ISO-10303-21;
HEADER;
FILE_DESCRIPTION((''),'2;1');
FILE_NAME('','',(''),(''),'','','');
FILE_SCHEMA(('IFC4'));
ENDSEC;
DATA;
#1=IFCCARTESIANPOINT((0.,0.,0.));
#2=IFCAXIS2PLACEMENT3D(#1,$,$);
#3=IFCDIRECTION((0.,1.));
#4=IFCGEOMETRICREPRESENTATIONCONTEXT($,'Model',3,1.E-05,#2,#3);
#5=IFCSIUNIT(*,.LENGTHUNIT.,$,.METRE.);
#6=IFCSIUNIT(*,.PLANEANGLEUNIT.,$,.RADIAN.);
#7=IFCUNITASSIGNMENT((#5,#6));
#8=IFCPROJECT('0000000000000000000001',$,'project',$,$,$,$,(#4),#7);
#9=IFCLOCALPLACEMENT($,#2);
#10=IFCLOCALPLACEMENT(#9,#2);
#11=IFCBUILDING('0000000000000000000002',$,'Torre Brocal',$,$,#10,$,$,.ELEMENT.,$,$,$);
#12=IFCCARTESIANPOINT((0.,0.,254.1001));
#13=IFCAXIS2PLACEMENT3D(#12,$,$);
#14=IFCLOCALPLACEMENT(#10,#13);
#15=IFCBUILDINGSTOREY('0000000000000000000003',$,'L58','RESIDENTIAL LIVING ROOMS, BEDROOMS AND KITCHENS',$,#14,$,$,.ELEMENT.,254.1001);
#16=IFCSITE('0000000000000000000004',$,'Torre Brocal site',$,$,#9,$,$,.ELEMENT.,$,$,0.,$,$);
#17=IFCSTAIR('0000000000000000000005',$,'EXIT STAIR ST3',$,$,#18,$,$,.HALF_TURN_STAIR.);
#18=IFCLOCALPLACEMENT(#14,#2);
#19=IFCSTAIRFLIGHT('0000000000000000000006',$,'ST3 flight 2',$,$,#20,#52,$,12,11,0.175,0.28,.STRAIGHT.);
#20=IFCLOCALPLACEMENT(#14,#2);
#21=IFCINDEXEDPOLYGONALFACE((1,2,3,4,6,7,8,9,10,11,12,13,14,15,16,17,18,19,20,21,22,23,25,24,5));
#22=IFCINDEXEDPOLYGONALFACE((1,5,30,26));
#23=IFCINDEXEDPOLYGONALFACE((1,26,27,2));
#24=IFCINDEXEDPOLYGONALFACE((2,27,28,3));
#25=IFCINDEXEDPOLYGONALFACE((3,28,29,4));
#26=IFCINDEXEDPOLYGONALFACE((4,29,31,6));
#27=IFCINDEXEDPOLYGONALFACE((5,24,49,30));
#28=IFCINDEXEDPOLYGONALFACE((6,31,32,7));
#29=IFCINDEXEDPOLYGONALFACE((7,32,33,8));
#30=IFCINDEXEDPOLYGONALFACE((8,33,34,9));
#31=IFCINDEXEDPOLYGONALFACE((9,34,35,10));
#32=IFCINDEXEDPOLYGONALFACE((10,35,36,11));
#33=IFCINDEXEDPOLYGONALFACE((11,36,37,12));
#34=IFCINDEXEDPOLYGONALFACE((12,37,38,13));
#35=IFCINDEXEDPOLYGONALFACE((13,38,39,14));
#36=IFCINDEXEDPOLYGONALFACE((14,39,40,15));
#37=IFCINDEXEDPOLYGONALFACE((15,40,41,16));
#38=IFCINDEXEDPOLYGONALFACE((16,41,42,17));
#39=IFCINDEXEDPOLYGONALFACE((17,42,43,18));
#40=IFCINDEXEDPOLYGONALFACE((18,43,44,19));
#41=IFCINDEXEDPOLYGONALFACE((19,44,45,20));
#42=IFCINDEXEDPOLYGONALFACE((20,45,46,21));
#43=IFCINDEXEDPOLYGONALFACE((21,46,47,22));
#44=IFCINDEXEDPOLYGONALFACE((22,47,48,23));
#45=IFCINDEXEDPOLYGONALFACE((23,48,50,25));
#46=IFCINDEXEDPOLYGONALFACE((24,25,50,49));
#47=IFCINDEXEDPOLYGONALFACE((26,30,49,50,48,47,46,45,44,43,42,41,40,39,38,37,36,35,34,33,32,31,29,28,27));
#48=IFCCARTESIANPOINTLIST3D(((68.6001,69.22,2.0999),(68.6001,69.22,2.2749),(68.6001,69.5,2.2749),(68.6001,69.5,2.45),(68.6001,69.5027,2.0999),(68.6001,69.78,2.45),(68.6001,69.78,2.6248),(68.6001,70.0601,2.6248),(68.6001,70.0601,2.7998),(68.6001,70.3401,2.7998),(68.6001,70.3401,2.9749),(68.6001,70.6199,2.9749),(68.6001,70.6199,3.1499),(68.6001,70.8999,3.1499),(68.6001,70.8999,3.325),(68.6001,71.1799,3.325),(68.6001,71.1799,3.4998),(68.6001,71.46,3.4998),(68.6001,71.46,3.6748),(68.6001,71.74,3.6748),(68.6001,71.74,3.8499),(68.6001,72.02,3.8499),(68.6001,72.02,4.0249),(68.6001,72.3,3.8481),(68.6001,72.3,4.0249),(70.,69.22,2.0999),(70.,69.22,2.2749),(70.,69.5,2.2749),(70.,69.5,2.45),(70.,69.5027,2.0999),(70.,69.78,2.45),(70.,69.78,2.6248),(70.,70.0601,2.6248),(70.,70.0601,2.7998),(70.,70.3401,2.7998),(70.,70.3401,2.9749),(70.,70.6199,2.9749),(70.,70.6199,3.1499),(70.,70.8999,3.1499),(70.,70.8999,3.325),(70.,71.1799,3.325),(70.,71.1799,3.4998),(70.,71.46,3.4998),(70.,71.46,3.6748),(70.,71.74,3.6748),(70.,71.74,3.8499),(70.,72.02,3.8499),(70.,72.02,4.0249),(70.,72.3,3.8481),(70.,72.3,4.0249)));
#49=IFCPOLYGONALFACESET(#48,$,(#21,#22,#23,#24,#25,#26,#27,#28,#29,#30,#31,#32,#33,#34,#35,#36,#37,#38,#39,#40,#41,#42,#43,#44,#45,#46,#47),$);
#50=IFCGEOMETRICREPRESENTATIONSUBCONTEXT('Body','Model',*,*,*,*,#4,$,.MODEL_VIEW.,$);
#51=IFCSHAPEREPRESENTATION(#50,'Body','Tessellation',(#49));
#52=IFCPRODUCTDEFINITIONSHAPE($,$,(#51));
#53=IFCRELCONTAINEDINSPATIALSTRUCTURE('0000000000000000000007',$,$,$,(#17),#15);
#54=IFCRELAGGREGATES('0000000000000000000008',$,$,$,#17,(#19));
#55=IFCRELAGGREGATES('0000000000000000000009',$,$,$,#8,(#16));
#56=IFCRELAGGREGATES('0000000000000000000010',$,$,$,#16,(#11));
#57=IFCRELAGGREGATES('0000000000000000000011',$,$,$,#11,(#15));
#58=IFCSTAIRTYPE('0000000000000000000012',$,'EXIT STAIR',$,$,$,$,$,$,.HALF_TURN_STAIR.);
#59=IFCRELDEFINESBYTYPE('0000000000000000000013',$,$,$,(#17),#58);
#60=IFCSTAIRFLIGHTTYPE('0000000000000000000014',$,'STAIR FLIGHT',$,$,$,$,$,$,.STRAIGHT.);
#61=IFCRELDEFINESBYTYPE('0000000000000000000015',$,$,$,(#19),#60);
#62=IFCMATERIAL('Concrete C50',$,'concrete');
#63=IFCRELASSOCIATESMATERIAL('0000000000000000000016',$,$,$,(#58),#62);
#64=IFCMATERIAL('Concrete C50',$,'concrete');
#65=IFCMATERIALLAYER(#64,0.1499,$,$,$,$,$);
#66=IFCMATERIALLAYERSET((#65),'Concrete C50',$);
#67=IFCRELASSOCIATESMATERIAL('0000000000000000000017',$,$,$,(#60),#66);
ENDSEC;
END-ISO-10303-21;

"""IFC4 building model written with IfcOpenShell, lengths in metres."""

from ifc_helpers import new_model, si_unit, direction, frame, origin, place, context, subcontext, project, spatial, polyline, outline, extrude, material, layer, layer_set, type_object, element, aggregate, save


model = new_model("IFC4")

# Units and contexts
model_context = context("Model", 3, precision=1e-05, world=origin(), true_north=direction((0.0, 1.0)))
body_context = subcontext(model_context, "Body", "Model", "MODEL_VIEW")
ifc_project = project(units=[si_unit("LENGTHUNIT", "METRE"), si_unit("PLANEANGLEUNIT", "RADIAN")], contexts=[model_context])

# Site, building, storey
site_placement = place(None, origin())
site = spatial("IfcSite", under=ifc_project, at=site_placement, Name="Torre Brocal site", CompositionType="ELEMENT", RefElevation=0.0)
building_placement = place(site_placement, origin())
building = spatial("IfcBuilding", under=site, at=building_placement, Name="Torre Brocal", CompositionType="ELEMENT")
storey_placement = place(building_placement, frame((0.0, 0.0, 254.1001)))
storey = spatial("IfcBuildingStorey", under=building, at=storey_placement, Name="L58", Description="RESIDENTIAL LIVING ROOMS, BEDROOMS AND KITCHENS", CompositionType="ELEMENT", Elevation=254.1001)

# Stair, stair flight
ifc_material_1 = material(Name="Concrete C50", Category="concrete")
stair_type = type_object("IfcStairType", Name="EXIT STAIR", PredefinedType="HALF_TURN_STAIR", material=ifc_material_1)
stair_placement = place(storey_placement, origin())
stair = element("IfcStair", 1, at=stair_placement, inside=storey, type_object=stair_type, Name="EXIT STAIR ST3", PredefinedType="HALF_TURN_STAIR")
ifc_material_2 = material(Name="Concrete C50", Category="concrete")
ifc_layer_1 = layer(ifc_material_2, 0.1499)
ifc_layer_set_1 = layer_set([ifc_layer_1], Name="Concrete C50")
stair_flight_type = type_object("IfcStairFlightType", Name="STAIR FLIGHT", PredefinedType="STRAIGHT", material=ifc_layer_set_1)
stair_flight_1_placement = place(storey_placement, frame((69.3, 69.22, 2.0999), z_axis=(0.0, 0.0, 1.0), x_axis=(0.0, 1.0, 0.0)))
stair_flight_1 = element("IfcStairFlight", 2, at=stair_flight_1_placement, type_object=stair_flight_type, Name="ST3 flight 2", NumberOfRisers=12, NumberOfTreads=11, PredefinedType="STRAIGHT", RiserHeight=0.175, TreadLength=0.28, context=body_context, shape_type="SweptSolid", body=[
    extrude(outline(polyline([(0.0, 0.0), (0.0, 0.175), (0.28, 0.175), (0.28, 0.3501), (0.5601, 0.3501), (0.5601, 0.5249), (0.8401, 0.5249), (0.8401, 0.7), (1.1201, 0.7), (1.1201, 0.875), (1.3999, 0.875), (1.3999, 1.05), (1.6799, 1.05), (1.6799, 1.2251), (1.96, 1.2251), (1.96, 1.3999), (2.24, 1.3999), (2.24, 1.575), (2.52, 1.575), (2.52, 1.75), (2.8, 1.75), (2.8, 1.925), (3.0801, 1.925), (3.0801, 2.1001), (3.0801, 1.7483), (0.2827, 0.0), (0.0, 0.0)])), frame((0.0, 0.7, 0.0), z_axis=(0.0, -1.0, 0.0), x_axis=(1.0, 0.0, 0.0)), (0.0, 0.0, 1.0), 1.3999),
])
aggregate(stair, [stair_flight_1])

save(model, "model.ifc")
